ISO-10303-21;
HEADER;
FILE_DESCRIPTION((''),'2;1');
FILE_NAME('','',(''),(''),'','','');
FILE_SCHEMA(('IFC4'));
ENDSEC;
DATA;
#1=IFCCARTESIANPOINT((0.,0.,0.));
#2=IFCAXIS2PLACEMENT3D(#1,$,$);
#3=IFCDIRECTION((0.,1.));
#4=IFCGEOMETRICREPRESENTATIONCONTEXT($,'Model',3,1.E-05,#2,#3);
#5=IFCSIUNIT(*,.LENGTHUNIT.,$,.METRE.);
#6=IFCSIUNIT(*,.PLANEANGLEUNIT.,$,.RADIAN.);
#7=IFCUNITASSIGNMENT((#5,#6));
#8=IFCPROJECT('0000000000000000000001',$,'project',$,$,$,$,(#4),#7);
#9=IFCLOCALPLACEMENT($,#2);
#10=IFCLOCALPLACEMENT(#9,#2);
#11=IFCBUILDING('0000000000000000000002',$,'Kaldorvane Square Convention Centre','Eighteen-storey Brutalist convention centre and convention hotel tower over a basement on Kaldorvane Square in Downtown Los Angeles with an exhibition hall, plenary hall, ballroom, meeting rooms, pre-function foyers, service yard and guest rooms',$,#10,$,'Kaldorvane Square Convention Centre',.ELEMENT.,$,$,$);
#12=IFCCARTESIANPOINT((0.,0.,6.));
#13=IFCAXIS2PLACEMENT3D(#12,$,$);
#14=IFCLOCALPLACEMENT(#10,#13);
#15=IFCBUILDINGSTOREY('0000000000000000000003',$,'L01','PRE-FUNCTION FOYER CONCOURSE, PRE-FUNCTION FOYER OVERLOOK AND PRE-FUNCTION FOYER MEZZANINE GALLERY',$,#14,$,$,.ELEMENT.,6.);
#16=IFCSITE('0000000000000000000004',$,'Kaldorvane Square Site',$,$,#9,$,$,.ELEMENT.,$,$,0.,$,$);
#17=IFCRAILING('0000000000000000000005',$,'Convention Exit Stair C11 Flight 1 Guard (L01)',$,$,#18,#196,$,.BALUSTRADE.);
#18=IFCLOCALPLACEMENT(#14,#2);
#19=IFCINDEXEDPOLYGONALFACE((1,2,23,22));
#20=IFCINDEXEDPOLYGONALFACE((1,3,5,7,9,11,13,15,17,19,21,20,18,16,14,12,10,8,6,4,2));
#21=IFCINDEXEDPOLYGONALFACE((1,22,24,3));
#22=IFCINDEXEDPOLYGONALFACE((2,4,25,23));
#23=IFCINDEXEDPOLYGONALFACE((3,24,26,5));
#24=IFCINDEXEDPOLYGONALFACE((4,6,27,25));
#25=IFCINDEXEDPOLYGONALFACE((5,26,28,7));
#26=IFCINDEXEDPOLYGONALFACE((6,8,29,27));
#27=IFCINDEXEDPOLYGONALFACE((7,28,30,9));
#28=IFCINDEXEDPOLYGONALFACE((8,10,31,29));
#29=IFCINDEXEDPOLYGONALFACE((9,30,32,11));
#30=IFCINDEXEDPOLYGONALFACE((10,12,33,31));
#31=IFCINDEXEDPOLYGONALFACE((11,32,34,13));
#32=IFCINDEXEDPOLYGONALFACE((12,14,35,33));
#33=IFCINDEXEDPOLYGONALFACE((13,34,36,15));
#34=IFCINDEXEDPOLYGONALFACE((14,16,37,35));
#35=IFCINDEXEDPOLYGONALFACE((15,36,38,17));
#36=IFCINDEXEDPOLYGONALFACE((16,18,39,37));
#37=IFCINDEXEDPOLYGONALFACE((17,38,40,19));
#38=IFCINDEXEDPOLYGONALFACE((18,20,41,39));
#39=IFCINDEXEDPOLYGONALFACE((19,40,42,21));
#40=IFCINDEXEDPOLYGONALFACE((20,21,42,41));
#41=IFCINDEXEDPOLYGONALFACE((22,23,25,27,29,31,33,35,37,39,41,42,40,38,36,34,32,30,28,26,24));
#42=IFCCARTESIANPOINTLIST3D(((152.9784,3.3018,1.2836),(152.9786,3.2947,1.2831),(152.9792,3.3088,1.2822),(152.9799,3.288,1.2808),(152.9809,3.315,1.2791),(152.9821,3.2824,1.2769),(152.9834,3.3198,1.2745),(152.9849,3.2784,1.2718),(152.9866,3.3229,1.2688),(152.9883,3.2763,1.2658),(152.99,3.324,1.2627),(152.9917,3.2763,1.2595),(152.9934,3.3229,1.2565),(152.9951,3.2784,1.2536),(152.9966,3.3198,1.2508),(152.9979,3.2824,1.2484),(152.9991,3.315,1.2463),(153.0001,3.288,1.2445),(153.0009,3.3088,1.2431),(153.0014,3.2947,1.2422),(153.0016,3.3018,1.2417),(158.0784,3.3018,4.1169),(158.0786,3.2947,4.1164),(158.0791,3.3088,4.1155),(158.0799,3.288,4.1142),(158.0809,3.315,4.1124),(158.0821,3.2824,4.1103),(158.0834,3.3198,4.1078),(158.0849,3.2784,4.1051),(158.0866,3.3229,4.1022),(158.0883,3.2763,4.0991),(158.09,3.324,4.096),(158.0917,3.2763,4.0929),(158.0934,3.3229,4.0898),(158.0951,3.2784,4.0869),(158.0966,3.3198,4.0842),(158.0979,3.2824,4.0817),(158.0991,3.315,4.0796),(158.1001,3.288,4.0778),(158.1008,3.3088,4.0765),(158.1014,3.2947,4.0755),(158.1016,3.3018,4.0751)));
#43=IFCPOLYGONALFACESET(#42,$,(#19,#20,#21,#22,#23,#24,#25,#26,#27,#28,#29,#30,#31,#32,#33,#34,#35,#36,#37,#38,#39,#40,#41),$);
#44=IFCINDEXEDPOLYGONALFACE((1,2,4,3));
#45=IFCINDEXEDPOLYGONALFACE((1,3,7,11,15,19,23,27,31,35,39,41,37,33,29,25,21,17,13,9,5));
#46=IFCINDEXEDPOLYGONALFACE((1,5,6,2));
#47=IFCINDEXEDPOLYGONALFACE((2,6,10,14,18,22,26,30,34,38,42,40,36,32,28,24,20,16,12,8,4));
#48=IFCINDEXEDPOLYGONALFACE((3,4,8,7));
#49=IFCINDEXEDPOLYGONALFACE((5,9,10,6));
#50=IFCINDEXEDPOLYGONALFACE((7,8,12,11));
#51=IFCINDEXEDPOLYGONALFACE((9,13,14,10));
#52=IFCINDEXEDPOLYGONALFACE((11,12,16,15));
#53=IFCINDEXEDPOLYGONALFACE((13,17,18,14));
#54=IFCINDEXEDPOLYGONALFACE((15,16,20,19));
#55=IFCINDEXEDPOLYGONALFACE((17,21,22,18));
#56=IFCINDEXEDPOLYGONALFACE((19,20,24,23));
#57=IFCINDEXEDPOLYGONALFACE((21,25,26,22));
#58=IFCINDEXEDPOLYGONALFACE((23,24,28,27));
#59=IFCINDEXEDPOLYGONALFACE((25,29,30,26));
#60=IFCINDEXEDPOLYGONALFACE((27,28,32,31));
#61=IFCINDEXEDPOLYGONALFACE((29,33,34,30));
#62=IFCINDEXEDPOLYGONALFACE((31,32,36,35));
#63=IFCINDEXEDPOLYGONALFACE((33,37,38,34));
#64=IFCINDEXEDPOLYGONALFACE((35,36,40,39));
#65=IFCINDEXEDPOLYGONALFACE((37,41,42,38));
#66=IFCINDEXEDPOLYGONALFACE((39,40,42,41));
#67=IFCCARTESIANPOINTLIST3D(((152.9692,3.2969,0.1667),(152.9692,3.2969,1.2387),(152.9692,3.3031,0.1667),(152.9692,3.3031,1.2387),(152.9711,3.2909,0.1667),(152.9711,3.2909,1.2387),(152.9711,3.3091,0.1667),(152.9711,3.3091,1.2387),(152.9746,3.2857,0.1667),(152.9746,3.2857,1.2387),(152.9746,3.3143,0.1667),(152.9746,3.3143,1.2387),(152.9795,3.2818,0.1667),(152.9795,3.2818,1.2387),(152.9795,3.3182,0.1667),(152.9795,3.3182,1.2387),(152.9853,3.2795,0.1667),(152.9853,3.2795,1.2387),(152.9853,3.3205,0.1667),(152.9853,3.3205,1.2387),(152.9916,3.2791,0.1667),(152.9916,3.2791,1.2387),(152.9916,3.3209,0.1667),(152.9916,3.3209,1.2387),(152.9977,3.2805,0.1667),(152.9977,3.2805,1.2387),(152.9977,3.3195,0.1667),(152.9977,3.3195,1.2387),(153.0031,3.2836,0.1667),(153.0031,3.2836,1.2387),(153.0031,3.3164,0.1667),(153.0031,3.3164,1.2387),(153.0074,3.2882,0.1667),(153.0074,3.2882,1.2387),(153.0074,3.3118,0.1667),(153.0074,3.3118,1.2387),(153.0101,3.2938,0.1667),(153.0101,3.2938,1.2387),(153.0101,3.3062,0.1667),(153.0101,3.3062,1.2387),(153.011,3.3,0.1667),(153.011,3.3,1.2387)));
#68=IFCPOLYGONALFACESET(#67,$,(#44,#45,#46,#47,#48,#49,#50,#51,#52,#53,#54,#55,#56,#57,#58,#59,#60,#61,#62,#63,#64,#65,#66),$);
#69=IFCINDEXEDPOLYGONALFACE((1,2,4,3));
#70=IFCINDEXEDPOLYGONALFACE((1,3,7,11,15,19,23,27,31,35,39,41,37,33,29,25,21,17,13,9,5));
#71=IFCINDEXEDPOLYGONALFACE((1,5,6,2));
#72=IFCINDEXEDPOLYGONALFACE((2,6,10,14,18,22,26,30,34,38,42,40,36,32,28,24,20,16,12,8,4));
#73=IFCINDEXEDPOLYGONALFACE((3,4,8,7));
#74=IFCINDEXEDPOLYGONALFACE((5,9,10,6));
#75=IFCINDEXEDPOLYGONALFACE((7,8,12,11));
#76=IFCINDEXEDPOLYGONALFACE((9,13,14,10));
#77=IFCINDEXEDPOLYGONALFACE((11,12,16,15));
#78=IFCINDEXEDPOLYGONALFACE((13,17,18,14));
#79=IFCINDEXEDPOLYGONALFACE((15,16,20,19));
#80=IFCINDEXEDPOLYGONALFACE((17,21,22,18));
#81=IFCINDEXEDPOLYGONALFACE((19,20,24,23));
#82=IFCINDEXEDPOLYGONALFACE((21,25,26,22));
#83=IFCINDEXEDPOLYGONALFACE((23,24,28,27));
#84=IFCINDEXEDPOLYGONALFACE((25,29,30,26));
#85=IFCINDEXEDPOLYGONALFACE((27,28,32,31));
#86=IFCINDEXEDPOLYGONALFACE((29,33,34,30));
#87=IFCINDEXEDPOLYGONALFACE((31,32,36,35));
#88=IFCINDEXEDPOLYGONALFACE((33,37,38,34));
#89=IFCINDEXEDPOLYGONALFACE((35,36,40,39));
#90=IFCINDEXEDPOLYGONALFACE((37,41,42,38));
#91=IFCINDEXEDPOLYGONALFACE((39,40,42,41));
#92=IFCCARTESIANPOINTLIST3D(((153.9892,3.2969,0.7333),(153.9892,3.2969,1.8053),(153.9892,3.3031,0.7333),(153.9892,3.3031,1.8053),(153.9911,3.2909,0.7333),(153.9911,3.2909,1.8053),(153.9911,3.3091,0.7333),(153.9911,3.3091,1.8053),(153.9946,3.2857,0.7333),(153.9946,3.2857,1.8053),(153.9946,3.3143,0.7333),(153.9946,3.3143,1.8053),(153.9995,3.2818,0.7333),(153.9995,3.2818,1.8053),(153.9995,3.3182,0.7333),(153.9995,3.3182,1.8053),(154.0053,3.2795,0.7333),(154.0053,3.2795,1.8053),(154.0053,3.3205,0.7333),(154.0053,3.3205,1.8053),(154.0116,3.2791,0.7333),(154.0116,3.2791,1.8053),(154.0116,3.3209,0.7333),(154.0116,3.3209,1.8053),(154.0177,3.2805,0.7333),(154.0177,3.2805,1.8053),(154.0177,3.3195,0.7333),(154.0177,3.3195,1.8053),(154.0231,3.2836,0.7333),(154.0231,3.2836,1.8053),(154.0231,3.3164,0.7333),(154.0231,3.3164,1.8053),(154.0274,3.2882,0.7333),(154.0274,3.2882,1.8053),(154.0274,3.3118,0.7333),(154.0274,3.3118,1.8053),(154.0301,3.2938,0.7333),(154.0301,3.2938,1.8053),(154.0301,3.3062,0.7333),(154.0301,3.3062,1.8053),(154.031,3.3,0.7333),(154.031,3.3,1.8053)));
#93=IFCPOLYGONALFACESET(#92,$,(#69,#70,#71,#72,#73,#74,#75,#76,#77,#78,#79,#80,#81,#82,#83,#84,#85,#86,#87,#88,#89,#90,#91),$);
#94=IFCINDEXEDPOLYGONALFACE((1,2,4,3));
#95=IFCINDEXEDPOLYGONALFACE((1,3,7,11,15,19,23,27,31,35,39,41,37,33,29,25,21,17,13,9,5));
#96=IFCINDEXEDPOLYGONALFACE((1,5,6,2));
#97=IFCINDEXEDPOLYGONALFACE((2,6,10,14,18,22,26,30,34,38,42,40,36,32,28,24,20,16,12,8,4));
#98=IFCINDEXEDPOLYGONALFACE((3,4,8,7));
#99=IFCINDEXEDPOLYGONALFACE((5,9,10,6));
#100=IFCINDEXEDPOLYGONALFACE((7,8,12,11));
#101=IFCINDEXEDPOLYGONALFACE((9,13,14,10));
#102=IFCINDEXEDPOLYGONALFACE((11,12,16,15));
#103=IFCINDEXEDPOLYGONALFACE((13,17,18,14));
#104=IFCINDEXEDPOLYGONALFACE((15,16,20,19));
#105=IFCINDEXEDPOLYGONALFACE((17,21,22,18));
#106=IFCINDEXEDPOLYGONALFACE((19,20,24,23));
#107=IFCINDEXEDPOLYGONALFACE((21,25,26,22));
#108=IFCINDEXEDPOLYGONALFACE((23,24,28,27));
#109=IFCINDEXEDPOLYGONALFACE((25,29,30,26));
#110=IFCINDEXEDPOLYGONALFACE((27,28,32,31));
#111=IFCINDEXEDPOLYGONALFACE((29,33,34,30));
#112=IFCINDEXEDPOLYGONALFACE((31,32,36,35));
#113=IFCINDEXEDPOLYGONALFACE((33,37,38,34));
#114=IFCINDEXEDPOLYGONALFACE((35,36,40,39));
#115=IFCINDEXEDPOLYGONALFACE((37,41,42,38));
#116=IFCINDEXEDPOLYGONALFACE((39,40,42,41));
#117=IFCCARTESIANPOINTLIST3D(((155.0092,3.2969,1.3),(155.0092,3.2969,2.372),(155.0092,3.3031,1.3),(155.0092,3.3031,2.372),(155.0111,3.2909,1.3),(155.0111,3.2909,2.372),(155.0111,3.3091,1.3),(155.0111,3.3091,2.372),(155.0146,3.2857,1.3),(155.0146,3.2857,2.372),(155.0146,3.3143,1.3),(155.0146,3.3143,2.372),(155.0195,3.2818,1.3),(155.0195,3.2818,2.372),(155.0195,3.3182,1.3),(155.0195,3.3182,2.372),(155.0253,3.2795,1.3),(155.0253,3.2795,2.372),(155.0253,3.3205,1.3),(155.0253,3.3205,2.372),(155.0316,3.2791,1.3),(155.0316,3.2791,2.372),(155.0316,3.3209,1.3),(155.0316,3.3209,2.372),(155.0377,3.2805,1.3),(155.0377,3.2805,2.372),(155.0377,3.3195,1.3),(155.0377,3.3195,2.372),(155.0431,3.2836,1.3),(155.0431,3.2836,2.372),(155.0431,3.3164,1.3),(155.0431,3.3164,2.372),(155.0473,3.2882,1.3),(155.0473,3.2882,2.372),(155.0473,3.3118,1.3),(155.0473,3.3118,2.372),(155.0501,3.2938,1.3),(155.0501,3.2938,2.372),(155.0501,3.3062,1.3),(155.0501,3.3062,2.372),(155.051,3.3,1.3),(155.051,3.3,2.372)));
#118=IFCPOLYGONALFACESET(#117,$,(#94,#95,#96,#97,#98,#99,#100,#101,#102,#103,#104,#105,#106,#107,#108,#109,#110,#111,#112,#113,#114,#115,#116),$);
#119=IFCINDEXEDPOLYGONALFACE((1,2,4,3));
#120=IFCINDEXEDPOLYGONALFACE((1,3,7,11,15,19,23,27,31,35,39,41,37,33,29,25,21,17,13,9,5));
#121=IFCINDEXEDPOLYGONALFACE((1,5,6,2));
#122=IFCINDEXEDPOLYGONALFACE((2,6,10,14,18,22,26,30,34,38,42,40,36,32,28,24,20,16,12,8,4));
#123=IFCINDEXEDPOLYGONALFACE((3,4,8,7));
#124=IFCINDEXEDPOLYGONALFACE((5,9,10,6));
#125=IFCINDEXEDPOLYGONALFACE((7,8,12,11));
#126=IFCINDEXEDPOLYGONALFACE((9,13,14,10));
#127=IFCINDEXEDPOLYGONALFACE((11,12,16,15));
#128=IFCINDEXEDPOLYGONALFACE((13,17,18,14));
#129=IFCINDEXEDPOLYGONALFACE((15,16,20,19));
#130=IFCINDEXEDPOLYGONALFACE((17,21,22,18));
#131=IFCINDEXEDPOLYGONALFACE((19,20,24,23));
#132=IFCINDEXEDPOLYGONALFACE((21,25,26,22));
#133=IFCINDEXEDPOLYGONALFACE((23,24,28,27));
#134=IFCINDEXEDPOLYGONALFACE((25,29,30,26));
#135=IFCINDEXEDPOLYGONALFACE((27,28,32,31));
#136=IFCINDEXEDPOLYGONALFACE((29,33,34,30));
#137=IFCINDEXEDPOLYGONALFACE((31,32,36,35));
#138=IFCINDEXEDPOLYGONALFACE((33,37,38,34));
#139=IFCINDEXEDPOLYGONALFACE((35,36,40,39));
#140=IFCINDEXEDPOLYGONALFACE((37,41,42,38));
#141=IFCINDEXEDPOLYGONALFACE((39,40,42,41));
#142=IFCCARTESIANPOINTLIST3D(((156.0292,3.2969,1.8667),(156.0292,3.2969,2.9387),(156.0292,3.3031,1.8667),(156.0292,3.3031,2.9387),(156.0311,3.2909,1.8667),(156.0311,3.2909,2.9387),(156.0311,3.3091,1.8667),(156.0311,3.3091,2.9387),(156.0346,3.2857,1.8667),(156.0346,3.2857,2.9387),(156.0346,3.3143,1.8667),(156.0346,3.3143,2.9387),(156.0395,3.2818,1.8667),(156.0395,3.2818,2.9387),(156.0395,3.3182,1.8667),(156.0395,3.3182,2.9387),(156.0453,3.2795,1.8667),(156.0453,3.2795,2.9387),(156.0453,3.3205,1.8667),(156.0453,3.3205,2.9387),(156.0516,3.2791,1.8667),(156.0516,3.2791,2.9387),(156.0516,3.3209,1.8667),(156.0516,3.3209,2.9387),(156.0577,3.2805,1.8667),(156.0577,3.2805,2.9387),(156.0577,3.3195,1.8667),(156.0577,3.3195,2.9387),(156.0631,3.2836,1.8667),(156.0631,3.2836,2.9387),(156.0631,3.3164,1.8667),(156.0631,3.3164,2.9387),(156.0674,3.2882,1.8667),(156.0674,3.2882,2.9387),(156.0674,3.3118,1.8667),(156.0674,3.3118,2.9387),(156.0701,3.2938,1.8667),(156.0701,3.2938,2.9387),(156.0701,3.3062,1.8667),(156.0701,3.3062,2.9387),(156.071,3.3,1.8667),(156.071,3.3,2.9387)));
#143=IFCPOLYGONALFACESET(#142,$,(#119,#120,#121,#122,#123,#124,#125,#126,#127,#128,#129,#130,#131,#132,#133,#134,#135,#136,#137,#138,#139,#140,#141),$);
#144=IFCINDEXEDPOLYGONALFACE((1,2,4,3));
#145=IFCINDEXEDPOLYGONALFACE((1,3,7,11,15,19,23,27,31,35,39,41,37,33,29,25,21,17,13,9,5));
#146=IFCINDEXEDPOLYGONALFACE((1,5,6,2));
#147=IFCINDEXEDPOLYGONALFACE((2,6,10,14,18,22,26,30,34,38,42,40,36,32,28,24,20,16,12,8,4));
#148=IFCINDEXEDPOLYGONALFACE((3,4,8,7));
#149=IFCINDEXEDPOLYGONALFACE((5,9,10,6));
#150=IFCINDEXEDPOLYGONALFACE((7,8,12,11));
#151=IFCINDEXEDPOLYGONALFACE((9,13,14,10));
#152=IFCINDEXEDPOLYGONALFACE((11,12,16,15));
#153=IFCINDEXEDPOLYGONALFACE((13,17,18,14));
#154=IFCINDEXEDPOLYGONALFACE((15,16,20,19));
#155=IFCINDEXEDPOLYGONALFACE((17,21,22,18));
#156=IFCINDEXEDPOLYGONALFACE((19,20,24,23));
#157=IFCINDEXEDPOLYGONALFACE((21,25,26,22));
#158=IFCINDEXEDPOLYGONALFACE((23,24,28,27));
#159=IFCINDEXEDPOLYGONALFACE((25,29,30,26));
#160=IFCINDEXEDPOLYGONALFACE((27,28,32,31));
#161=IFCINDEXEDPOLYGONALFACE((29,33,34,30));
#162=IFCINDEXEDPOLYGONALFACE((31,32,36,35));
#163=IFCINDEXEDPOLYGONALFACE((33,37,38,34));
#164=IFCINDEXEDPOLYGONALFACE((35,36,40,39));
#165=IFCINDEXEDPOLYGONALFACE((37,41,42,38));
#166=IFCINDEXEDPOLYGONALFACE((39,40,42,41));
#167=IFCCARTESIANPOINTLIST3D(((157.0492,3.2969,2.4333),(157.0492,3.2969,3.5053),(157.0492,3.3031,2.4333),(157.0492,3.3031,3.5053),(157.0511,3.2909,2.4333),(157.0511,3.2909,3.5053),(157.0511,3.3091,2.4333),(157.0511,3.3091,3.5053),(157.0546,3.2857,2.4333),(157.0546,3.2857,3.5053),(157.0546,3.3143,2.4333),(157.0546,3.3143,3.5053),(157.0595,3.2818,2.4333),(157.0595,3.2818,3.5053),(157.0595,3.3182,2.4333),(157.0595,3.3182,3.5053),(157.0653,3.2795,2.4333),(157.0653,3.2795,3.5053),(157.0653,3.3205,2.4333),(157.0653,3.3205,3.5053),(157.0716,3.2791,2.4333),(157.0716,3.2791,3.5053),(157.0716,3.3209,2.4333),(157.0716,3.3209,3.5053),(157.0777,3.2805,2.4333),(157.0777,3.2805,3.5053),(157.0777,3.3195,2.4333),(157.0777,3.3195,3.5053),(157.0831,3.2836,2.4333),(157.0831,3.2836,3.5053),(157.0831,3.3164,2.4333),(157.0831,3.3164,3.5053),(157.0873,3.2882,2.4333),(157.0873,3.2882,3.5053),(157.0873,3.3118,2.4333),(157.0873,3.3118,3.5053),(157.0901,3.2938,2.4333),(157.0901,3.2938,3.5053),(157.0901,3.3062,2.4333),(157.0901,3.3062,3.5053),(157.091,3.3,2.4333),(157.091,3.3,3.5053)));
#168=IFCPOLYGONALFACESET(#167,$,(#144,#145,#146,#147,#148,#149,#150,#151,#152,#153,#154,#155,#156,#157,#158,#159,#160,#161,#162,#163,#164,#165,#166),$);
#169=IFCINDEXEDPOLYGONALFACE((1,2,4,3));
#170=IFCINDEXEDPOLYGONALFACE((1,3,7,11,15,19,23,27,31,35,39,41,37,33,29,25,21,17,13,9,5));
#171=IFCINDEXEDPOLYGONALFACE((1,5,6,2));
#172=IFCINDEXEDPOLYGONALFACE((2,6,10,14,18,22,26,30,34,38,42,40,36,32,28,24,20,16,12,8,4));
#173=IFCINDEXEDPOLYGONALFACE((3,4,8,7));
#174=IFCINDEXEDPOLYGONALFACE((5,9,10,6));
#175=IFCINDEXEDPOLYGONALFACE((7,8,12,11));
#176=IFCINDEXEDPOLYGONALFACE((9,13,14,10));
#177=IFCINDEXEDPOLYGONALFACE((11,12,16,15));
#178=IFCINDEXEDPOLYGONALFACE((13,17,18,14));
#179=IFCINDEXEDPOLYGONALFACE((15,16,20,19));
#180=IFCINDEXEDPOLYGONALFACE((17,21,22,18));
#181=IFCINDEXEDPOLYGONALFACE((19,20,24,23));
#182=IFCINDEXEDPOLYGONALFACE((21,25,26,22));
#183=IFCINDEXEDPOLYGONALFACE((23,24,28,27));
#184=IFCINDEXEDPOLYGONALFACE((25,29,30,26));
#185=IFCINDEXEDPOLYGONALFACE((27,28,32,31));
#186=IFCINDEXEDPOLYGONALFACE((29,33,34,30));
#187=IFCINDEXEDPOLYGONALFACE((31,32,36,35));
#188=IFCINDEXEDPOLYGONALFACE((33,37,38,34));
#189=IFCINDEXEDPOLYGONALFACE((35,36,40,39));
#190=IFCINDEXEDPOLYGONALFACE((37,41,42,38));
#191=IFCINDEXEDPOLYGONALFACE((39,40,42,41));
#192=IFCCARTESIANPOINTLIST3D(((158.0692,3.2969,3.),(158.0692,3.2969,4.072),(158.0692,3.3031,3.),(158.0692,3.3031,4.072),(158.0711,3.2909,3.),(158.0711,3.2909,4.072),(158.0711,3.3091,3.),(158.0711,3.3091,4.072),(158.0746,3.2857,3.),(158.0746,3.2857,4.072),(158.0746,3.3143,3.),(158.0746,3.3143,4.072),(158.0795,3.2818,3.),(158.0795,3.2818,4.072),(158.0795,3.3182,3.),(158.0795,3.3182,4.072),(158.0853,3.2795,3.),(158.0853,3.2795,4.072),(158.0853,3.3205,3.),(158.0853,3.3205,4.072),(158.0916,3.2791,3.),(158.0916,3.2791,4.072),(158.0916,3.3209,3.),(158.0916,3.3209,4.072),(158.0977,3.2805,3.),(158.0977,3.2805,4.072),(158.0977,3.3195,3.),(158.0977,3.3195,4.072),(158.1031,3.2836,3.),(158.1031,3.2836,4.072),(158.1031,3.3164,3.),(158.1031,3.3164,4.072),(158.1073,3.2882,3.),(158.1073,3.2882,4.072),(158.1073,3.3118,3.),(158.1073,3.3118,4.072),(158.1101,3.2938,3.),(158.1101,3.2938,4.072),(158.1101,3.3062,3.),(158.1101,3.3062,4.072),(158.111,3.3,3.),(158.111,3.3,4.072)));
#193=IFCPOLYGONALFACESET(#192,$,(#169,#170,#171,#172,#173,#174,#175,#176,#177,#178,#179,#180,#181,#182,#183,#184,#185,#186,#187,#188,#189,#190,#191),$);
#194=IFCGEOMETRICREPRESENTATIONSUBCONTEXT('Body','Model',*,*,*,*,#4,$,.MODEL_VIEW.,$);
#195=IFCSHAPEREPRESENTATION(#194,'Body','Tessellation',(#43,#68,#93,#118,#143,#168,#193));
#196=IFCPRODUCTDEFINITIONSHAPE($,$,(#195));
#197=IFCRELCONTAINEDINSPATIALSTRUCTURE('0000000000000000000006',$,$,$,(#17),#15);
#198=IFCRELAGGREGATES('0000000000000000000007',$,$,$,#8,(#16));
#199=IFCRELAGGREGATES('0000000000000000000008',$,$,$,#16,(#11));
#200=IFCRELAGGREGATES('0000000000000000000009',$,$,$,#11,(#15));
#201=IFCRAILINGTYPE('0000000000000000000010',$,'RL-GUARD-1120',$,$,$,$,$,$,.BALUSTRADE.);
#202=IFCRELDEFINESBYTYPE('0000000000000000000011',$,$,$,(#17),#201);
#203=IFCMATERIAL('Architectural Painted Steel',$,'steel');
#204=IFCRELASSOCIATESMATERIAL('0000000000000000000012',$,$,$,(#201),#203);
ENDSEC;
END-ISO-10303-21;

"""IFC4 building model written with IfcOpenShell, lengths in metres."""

from ifc_helpers import new_model, si_unit, direction, frame, origin, origin_2d, place, context, subcontext, project, spatial, circle, extrude, material, type_object, element, save


model = new_model("IFC4")

# Units and contexts
model_context = context("Model", 3, precision=1e-05, world=origin(), true_north=direction((0.0, 1.0)))
body_context = subcontext(model_context, "Body", "Model", "MODEL_VIEW")
ifc_project = project(units=[si_unit("LENGTHUNIT", "METRE"), si_unit("PLANEANGLEUNIT", "RADIAN")], contexts=[model_context])

# Site, building, storey
site_placement = place(None, origin())
site = spatial("IfcSite", under=ifc_project, at=site_placement, Name="Kaldorvane Square Site", CompositionType="ELEMENT", RefElevation=0.0)
building_placement = place(site_placement, origin())
building = spatial("IfcBuilding", under=site, at=building_placement, Name="Kaldorvane Square Convention Centre", Description="Eighteen-storey Brutalist convention centre and convention hotel tower over a basement on Kaldorvane Square in Downtown Los Angeles with an exhibition hall, plenary hall, ballroom, meeting rooms, pre-function foyers, service yard and guest rooms", LongName="Kaldorvane Square Convention Centre", CompositionType="ELEMENT")
storey_placement = place(building_placement, frame((0.0, 0.0, 6.0)))
storey = spatial("IfcBuildingStorey", under=building, at=storey_placement, Name="L01", Description="PRE-FUNCTION FOYER CONCOURSE, PRE-FUNCTION FOYER OVERLOOK AND PRE-FUNCTION FOYER MEZZANINE GALLERY", CompositionType="ELEMENT", Elevation=6.0)

# Railing
ifc_material_1 = material(Name="Architectural Painted Steel", Category="steel")
railing_type_1 = type_object("IfcRailingType", Name="RL-GUARD-1120", PredefinedType="BALUSTRADE", material=ifc_material_1)
railing_1_placement = place(storey_placement, frame((152.99, 3.3, 0.1667)))
element("IfcRailing", 1, at=railing_1_placement, inside=storey, type_object=railing_type_1, Name="Convention Exit Stair C11 Flight 1 Guard (L01)", PredefinedType="BALUSTRADE", context=body_context, shape_type="SweptSolid", body=[
    extrude(circle(Radius=0.024, at=origin_2d()), frame((0.0, 0.0, 1.096), z_axis=(0.874157, 0.0, 0.485643), x_axis=(0.0, 1.0, 0.0)), (0.0, 0.0, 1.0), 5.8342),
    extrude(circle(Radius=0.021, at=origin_2d()), origin(), (0.0, 0.0, 1.0), 1.072),
    extrude(circle(Radius=0.021, at=origin_2d()), frame((1.02, 0.0, 0.5667)), (0.0, 0.0, 1.0), 1.072),
    extrude(circle(Radius=0.021, at=origin_2d()), frame((2.04, 0.0, 1.1333)), (0.0, 0.0, 1.0), 1.072),
    extrude(circle(Radius=0.021, at=origin_2d()), frame((3.06, 0.0, 1.7)), (0.0, 0.0, 1.0), 1.072),
    extrude(circle(Radius=0.021, at=origin_2d()), frame((4.08, 0.0, 2.2667)), (0.0, 0.0, 1.0), 1.072),
    extrude(circle(Radius=0.021, at=origin_2d()), frame((5.1, 0.0, 2.8333)), (0.0, 0.0, 1.0), 1.072),
])

save(model, "model.ifc")
